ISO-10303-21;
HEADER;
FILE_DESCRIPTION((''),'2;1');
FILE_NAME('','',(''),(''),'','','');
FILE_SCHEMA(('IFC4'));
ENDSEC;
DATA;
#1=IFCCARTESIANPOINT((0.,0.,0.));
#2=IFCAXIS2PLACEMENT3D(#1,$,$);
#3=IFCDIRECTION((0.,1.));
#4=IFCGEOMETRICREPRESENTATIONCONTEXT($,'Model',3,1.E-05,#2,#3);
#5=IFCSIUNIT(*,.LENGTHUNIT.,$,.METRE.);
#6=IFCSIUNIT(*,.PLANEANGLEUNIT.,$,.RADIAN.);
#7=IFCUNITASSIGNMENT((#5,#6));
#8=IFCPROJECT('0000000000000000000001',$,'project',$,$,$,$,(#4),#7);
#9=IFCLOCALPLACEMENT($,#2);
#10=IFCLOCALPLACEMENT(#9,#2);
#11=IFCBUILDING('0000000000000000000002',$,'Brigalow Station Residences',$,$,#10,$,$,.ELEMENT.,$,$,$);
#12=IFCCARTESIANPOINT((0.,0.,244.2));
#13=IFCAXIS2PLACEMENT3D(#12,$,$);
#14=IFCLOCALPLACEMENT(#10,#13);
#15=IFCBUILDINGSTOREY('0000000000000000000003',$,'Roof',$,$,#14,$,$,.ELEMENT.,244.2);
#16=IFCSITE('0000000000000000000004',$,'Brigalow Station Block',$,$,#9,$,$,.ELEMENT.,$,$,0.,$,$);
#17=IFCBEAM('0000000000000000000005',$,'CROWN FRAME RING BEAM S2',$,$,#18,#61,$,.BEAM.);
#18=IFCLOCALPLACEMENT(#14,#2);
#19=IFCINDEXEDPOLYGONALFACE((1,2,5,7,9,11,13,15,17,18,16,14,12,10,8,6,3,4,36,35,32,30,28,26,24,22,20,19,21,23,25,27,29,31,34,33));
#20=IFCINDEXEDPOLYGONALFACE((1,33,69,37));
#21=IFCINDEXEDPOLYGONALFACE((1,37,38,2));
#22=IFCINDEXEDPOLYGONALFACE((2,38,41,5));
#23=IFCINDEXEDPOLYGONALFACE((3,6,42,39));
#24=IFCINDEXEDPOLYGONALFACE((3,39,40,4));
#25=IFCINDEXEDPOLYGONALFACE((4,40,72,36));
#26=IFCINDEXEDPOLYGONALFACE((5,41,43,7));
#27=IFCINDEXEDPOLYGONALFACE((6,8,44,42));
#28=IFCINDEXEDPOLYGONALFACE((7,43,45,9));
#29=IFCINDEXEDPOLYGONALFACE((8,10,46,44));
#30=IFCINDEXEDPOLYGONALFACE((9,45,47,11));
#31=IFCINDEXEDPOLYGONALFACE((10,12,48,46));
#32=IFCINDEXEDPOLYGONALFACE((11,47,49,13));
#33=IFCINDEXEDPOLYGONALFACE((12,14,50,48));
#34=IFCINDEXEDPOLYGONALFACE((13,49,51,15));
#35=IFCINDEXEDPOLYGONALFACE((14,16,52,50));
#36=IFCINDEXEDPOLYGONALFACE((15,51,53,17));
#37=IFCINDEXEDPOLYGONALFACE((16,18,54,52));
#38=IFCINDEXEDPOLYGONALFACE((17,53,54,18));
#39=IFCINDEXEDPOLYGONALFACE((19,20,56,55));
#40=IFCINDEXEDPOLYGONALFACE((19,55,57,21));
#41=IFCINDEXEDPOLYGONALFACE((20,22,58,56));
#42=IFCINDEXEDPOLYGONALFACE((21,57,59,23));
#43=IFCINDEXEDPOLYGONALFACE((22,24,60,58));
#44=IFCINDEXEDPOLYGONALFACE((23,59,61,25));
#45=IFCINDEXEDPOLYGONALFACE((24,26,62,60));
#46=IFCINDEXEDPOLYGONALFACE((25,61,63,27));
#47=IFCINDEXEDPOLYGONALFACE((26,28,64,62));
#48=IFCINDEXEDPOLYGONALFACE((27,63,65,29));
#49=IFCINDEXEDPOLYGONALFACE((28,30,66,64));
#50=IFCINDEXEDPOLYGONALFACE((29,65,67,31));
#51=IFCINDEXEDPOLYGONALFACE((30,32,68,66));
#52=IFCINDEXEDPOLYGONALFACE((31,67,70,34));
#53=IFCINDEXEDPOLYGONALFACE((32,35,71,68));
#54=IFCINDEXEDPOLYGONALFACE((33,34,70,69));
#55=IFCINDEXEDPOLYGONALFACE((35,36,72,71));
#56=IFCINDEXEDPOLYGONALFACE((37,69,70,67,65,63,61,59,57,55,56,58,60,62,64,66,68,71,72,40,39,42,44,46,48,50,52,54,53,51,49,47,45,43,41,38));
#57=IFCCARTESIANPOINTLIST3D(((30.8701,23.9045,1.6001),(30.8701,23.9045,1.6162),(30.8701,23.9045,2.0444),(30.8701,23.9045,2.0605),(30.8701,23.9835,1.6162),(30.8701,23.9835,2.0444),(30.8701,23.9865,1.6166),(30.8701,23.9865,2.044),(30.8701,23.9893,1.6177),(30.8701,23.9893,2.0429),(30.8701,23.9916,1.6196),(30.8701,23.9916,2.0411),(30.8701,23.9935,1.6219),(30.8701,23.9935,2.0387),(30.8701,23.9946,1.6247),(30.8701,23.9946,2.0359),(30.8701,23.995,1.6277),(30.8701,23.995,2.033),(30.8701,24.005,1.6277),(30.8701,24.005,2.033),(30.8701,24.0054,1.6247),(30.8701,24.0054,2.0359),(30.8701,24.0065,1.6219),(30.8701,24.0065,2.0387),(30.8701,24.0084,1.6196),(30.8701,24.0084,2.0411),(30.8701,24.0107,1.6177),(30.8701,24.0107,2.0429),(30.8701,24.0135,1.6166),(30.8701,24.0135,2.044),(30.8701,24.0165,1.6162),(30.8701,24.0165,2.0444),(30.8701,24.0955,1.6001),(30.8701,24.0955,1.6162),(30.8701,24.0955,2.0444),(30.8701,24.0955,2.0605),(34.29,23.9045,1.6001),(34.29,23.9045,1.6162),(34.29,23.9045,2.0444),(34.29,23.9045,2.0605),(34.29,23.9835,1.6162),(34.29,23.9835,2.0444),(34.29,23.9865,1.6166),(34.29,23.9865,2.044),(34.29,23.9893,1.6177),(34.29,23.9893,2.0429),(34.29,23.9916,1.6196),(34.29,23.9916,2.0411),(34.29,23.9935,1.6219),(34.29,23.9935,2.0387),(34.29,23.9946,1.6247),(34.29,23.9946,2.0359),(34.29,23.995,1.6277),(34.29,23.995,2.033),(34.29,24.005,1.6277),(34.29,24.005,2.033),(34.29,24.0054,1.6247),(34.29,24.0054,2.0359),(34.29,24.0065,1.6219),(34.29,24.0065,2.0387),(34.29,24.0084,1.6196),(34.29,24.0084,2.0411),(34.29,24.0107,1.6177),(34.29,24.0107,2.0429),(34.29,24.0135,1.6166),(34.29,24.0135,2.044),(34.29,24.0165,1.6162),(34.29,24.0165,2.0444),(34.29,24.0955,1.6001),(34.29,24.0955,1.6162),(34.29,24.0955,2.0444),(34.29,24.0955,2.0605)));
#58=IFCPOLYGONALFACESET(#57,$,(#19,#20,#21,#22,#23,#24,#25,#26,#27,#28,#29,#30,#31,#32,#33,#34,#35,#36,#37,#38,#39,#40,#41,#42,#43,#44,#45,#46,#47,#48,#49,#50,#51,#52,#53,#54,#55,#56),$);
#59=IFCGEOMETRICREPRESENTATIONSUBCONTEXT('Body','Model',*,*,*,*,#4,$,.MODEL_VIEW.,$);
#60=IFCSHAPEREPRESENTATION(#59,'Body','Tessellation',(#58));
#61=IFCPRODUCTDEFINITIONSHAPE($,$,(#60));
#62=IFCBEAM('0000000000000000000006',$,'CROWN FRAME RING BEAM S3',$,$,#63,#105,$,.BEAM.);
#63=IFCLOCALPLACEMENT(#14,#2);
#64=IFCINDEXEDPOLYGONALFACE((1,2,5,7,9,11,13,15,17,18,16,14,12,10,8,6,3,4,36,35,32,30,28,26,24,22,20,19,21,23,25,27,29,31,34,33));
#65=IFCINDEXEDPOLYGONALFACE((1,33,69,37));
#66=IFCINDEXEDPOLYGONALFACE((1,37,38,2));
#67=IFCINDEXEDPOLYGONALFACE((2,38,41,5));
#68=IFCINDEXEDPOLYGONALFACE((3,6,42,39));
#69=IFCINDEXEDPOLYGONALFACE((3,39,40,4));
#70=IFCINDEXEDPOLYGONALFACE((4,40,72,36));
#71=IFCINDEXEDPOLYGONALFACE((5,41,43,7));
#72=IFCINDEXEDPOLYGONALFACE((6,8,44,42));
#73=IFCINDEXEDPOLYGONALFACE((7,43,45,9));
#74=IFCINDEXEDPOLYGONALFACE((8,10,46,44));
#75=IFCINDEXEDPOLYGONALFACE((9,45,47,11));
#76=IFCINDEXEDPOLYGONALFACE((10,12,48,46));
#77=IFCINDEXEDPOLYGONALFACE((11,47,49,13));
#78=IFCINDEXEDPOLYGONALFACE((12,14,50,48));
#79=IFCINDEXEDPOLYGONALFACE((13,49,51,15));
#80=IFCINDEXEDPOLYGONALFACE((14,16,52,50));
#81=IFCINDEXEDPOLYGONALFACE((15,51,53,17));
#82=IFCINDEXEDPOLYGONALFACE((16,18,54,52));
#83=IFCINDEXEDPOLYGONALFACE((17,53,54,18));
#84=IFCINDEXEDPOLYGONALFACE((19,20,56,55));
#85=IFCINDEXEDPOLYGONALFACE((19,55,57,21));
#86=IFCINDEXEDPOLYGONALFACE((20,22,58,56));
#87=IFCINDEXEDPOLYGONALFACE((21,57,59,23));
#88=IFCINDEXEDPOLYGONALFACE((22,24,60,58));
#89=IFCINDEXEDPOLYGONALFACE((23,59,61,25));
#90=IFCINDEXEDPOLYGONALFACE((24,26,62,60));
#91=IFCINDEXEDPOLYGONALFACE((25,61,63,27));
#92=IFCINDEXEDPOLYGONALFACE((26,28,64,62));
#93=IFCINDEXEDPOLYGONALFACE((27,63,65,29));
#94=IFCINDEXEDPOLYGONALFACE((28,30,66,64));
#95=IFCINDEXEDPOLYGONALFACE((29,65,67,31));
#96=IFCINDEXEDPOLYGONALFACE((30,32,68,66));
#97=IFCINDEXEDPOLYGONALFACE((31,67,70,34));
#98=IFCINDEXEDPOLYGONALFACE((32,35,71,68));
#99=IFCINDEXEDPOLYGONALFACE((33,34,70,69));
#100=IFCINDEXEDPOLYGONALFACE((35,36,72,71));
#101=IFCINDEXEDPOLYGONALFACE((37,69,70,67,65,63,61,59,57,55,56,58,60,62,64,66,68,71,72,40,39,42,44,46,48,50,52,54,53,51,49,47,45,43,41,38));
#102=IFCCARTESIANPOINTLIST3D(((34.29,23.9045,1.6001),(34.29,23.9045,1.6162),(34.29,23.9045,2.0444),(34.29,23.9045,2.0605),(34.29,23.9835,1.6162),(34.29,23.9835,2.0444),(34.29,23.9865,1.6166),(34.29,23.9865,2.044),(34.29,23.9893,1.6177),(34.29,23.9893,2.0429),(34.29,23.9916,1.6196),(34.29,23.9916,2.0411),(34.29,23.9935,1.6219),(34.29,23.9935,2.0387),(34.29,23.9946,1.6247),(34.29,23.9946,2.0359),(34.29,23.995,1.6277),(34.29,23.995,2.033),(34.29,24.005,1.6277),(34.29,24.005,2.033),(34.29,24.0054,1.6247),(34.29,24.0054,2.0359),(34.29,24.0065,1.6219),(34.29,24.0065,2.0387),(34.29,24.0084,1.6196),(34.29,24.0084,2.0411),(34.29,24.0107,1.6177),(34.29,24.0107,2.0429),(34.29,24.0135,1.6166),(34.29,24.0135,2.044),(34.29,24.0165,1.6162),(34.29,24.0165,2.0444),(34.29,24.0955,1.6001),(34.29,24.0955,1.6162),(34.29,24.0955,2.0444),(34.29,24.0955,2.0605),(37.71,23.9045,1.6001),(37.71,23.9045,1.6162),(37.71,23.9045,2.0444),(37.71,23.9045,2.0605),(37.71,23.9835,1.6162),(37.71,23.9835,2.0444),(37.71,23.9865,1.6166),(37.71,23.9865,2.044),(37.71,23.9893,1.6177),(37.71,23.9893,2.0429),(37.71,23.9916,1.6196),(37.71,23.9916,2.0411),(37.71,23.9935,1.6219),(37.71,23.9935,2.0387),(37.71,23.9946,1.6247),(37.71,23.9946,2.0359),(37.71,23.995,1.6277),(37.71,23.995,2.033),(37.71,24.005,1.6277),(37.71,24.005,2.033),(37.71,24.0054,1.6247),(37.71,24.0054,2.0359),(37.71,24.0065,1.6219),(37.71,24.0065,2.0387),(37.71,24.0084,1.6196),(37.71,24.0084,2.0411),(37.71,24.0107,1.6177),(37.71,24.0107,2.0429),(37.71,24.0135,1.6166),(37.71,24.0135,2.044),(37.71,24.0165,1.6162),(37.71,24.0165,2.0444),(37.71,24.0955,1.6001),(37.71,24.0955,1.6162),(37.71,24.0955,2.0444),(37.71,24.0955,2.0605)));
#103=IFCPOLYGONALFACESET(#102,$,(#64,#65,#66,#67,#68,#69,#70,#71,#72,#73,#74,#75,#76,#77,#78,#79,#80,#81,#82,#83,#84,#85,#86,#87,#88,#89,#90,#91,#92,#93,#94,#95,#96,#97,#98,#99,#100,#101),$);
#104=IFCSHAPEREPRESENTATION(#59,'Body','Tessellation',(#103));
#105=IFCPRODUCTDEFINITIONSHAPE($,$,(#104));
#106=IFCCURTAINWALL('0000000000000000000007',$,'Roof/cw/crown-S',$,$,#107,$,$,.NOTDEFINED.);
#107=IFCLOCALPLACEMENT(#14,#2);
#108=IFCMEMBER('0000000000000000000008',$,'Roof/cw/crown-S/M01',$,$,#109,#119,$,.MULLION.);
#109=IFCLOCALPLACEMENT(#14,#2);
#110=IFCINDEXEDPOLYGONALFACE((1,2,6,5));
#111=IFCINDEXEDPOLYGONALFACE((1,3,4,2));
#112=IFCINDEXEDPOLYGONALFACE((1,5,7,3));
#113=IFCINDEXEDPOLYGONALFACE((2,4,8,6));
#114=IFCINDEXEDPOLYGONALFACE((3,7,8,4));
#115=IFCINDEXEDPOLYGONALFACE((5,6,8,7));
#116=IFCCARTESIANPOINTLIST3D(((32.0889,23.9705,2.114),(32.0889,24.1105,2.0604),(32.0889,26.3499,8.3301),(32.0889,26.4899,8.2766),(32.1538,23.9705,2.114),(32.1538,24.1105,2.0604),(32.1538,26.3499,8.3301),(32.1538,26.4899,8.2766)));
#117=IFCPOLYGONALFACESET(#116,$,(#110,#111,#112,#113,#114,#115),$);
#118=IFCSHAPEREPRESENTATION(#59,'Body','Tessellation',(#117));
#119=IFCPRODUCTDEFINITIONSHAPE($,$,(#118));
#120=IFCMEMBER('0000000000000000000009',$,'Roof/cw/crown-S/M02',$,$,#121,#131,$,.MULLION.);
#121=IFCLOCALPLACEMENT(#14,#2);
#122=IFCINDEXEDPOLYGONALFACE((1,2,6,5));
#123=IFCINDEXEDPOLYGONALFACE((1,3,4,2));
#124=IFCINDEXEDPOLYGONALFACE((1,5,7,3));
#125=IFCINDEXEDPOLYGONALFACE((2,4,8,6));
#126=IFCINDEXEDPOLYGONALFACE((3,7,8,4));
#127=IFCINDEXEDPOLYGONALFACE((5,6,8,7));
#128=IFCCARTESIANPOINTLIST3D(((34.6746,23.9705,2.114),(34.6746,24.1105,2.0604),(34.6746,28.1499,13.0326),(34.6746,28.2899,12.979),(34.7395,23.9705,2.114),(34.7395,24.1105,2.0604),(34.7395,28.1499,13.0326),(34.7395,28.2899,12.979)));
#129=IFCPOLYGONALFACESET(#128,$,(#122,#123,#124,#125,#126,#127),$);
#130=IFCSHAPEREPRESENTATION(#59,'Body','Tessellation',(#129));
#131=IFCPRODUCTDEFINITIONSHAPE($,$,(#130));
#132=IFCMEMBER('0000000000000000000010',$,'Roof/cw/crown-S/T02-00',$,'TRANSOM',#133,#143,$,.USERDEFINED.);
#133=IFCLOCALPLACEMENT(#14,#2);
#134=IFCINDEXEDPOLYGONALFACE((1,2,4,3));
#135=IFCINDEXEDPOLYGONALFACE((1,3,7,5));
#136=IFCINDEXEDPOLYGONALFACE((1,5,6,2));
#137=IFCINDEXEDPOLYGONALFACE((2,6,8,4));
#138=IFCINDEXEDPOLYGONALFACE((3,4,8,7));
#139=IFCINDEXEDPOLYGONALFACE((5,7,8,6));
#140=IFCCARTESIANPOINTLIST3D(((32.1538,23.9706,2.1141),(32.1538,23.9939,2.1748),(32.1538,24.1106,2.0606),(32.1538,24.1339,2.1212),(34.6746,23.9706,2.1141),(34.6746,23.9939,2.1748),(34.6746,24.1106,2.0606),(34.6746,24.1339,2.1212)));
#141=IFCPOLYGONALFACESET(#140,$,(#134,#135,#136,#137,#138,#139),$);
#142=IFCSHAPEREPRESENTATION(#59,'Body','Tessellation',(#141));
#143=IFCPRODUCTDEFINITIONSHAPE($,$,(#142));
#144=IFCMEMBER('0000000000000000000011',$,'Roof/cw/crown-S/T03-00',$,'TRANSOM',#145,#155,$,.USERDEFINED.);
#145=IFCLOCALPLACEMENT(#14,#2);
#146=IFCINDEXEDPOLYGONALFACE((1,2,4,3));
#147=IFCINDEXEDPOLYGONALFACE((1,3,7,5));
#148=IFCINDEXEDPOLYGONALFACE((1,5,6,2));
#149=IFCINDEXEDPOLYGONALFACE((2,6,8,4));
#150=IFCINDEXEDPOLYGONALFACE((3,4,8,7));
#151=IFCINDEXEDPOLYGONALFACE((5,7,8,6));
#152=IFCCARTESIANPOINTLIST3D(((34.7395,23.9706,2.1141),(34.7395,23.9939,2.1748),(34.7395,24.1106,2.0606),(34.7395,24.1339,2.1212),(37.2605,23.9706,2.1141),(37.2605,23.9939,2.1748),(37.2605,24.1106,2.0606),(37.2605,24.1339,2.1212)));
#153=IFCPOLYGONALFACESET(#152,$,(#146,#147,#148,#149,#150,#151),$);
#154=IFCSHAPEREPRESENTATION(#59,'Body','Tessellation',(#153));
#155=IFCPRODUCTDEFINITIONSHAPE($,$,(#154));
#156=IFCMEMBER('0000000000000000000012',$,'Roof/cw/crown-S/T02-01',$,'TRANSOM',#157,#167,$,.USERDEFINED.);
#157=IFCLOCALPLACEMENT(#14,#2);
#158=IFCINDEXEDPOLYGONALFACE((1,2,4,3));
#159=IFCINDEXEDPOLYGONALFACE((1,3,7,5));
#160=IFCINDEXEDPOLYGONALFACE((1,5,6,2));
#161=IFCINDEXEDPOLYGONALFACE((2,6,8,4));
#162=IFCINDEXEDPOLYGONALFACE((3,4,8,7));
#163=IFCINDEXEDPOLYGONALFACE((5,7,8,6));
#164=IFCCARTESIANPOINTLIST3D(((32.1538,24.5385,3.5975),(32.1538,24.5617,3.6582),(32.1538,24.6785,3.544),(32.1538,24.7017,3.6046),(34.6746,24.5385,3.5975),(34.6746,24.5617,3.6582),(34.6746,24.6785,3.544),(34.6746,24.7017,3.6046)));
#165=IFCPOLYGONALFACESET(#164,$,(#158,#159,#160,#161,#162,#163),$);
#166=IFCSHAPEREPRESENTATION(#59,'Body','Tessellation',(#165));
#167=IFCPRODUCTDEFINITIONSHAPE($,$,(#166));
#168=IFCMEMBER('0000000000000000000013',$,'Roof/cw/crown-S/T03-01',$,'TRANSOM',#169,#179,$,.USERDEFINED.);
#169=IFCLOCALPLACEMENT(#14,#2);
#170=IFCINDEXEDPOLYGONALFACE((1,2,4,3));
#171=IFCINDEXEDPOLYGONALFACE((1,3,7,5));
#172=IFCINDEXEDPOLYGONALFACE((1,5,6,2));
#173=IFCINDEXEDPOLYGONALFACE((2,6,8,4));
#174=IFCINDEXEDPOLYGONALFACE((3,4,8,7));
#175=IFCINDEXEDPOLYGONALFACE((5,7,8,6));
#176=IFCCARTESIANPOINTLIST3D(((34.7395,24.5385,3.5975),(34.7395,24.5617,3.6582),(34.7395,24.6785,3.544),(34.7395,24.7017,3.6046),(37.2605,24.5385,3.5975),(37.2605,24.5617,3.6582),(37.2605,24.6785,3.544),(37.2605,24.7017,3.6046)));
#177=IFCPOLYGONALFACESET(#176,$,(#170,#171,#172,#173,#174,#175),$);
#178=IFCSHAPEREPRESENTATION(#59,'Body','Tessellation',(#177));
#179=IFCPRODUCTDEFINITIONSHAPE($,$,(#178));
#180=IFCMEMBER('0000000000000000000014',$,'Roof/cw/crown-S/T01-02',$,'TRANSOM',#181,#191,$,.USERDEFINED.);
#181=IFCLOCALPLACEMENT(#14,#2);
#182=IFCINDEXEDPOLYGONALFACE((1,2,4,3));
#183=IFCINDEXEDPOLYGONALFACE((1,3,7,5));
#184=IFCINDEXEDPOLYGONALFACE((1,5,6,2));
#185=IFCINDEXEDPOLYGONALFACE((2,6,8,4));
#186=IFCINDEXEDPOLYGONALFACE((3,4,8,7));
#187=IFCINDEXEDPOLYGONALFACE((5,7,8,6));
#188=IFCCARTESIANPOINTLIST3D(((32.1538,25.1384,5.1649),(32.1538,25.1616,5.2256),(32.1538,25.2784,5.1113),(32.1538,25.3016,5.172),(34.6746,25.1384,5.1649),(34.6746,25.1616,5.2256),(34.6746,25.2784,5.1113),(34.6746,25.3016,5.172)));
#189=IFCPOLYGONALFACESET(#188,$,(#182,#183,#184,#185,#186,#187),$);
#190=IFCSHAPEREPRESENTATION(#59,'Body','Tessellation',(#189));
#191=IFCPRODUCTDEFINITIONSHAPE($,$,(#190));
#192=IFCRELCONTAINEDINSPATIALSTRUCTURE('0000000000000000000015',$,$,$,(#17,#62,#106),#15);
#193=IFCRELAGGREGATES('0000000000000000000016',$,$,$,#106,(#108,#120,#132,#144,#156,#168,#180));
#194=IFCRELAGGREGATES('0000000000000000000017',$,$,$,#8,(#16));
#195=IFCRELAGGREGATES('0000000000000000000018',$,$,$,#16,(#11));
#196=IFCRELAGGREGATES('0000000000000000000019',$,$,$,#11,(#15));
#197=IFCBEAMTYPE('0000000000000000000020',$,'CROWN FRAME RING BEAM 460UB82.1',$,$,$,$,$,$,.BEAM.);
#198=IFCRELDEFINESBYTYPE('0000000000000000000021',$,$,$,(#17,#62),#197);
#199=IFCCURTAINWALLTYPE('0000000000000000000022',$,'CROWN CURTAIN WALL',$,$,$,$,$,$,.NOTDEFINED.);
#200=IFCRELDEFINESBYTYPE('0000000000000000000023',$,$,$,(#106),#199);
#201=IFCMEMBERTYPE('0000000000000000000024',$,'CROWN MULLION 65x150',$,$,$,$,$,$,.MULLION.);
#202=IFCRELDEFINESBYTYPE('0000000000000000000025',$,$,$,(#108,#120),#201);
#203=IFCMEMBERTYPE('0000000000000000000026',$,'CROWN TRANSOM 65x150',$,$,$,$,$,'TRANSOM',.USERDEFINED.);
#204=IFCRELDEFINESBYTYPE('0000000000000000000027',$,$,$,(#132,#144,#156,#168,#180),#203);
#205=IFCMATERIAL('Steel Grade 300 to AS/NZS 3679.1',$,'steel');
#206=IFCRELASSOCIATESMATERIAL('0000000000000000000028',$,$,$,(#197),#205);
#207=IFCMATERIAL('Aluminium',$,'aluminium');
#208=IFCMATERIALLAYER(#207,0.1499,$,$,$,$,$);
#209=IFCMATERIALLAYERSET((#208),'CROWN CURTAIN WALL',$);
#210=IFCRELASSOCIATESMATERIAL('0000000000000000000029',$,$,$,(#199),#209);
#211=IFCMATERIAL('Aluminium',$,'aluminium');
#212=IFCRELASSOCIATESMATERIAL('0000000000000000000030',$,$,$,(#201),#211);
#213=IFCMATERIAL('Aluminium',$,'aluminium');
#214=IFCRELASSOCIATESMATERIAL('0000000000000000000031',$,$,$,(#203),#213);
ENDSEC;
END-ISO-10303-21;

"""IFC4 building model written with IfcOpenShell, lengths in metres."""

from ifc_helpers import new_model, si_unit, direction, frame, origin, origin_2d, place, context, subcontext, project, spatial, rectangle, i_section, extrude, material, layer, layer_set, material_profile, profile_set, type_object, element, aggregate, save


model = new_model("IFC4")

# Units and contexts
model_context = context("Model", 3, precision=1e-05, world=origin(), true_north=direction((0.0, 1.0)))
body_context = subcontext(model_context, "Body", "Model", "MODEL_VIEW")
ifc_project = project(units=[si_unit("LENGTHUNIT", "METRE"), si_unit("PLANEANGLEUNIT", "RADIAN")], contexts=[model_context])

# Site, building, storey
site_placement = place(None, origin())
site = spatial("IfcSite", under=ifc_project, at=site_placement, Name="Brigalow Station Block", CompositionType="ELEMENT", RefElevation=0.0)
building_placement = place(site_placement, origin())
building = spatial("IfcBuilding", under=site, at=building_placement, Name="Brigalow Station Residences", CompositionType="ELEMENT")
storey_placement = place(building_placement, frame((0.0, 0.0, 244.2)))
storey = spatial("IfcBuildingStorey", under=building, at=storey_placement, Name="Roof", CompositionType="ELEMENT", Elevation=244.2)

# Beams
ifc_material_1 = material(Name="Steel Grade 300 to AS/NZS 3679.1", Category="steel")
ifc_material_profile_1 = material_profile(ifc_material_1, i_section(OverallWidth=0.1909, OverallDepth=0.4604, WebThickness=0.01, FlangeThickness=0.0161, FilletRadius=0.0115, at=origin_2d()), Name="460UB82.1")
ifc_profile_set_1 = profile_set([ifc_material_profile_1], Name="Steel Grade 300 to AS/NZS 3679.1")
beam_type = type_object("IfcBeamType", Name="CROWN FRAME RING BEAM 460UB82.1", PredefinedType="BEAM", material=ifc_profile_set_1)
for number, where, z_axis, x_axis, name in (
    (1, (30.8701, 24.0, 1.8303), (1.0, 0.0, 0.0), (0.0, 1.0, 0.0), "CROWN FRAME RING BEAM S2"),
    (2, (34.29, 24.0, 1.8303), (1.0, 0.0, 0.0), (0.0, 1.0, 0.0), "CROWN FRAME RING BEAM S3"),
):
    element("IfcBeam", number, at=place(storey_placement, frame(where, z_axis=z_axis, x_axis=x_axis)), inside=storey, type_object=beam_type, Name=name, PredefinedType="BEAM", context=body_context, shape_type="SweptSolid", body=[
        extrude(i_section(OverallWidth=0.1909, OverallDepth=0.4604, WebThickness=0.01, FlangeThickness=0.0161, FilletRadius=0.0115, at=origin_2d()), origin(), (0.0, 0.0, 1.0), 3.4199),
    ])

# Curtain wall, members
ifc_material_2 = material(Name="Aluminium", Category="aluminium")
ifc_layer_1 = layer(ifc_material_2, 0.1499)
ifc_layer_set_1 = layer_set([ifc_layer_1], Name="CROWN CURTAIN WALL")
curtain_wall_type = type_object("IfcCurtainWallType", Name="CROWN CURTAIN WALL", PredefinedType="NOTDEFINED", material=ifc_layer_set_1)
curtain_wall_1_placement = place(storey_placement, origin())
curtain_wall_1 = element("IfcCurtainWall", 3, at=curtain_wall_1_placement, inside=storey, type_object=curtain_wall_type, Name="Roof/cw/crown-S", PredefinedType="NOTDEFINED")
ifc_material_3 = material(Name="Aluminium", Category="aluminium")
ifc_material_profile_2 = material_profile(ifc_material_3, rectangle(XDim=0.0649, YDim=0.1499, at=origin_2d()), Name="CROWN MULLION 65x150")
ifc_profile_set_2 = profile_set([ifc_material_profile_2], Name="Aluminium")
member_type_1 = type_object("IfcMemberType", Name="CROWN MULLION 65x150", PredefinedType="MULLION", material=ifc_profile_set_2)
member_1_placement = place(storey_placement, frame((32.1213, 24.0405, 2.0872), z_axis=(0.0, 0.357474, 0.933923), x_axis=(-1.0, 0.0, 0.0)))
member_1 = element("IfcMember", 4, at=member_1_placement, type_object=member_type_1, Name="Roof/cw/crown-S/M01", PredefinedType="MULLION", context=body_context, shape_type="SweptSolid", body=[
    extrude(rectangle(XDim=0.0649, YDim=0.1499, at=origin_2d()), origin(), (0.0, 0.0, 1.0), 6.656),
])
member_2_placement = place(storey_placement, frame((34.707, 24.0405, 2.0872), z_axis=(0.0, 0.357484, 0.933919), x_axis=(-1.0, 0.0, 0.0)))
member_2 = element("IfcMember", 5, at=member_2_placement, type_object=member_type_1, Name="Roof/cw/crown-S/M02", PredefinedType="MULLION", context=body_context, shape_type="SweptSolid", body=[
    extrude(rectangle(XDim=0.0649, YDim=0.1499, at=origin_2d()), origin(), (0.0, 0.0, 1.0), 11.6912),
])
ifc_material_4 = material(Name="Aluminium", Category="aluminium")
ifc_material_profile_3 = material_profile(ifc_material_4, rectangle(XDim=0.0649, YDim=0.1499, at=origin_2d()), Name="CROWN TRANSOM 65x150")
ifc_profile_set_3 = profile_set([ifc_material_profile_3], Name="Aluminium")
member_type_2 = type_object("IfcMemberType", Name="CROWN TRANSOM 65x150", ElementType="TRANSOM", PredefinedType="USERDEFINED", material=ifc_profile_set_3)
member_3_placement = place(storey_placement, frame((32.1538, 24.0522, 2.1177), z_axis=(1.0, 0.0, 0.0), x_axis=(0.0, 0.357491, 0.933917)))
member_3 = element("IfcMember", 6, at=member_3_placement, type_object=member_type_2, Name="Roof/cw/crown-S/T02-00", ObjectType="TRANSOM", PredefinedType="USERDEFINED", context=body_context, shape_type="SweptSolid", body=[
    extrude(rectangle(XDim=0.0649, YDim=0.1499, at=origin_2d()), origin(), (0.0, 0.0, 1.0), 2.5208),
])
member_4_placement = place(storey_placement, frame((34.7395, 24.0522, 2.1177), z_axis=(1.0, 0.0, 0.0), x_axis=(0.0, 0.357491, 0.933917)))
member_4 = element("IfcMember", 7, at=member_4_placement, type_object=member_type_2, Name="Roof/cw/crown-S/T03-00", ObjectType="TRANSOM", PredefinedType="USERDEFINED", context=body_context, shape_type="SweptSolid", body=[
    extrude(rectangle(XDim=0.0649, YDim=0.1499, at=origin_2d()), origin(), (0.0, 0.0, 1.0), 2.521),
])
member_5_placement = place(storey_placement, frame((32.1538, 24.6201, 3.6011), z_axis=(1.0, 0.0, 0.0), x_axis=(0.0, 0.357491, 0.933917)))
member_5 = element("IfcMember", 8, at=member_5_placement, type_object=member_type_2, Name="Roof/cw/crown-S/T02-01", ObjectType="TRANSOM", PredefinedType="USERDEFINED", context=body_context, shape_type="SweptSolid", body=[
    extrude(rectangle(XDim=0.0649, YDim=0.1499, at=origin_2d()), origin(), (0.0, 0.0, 1.0), 2.5208),
])
member_6_placement = place(storey_placement, frame((34.7395, 24.6201, 3.6011), z_axis=(1.0, 0.0, 0.0), x_axis=(0.0, 0.357491, 0.933917)))
member_6 = element("IfcMember", 9, at=member_6_placement, type_object=member_type_2, Name="Roof/cw/crown-S/T03-01", ObjectType="TRANSOM", PredefinedType="USERDEFINED", context=body_context, shape_type="SweptSolid", body=[
    extrude(rectangle(XDim=0.0649, YDim=0.1499, at=origin_2d()), origin(), (0.0, 0.0, 1.0), 2.521),
])
member_7_placement = place(storey_placement, frame((32.1538, 25.22, 5.1685), z_axis=(1.0, 0.0, 0.0), x_axis=(0.0, 0.357491, 0.933917)))
member_7 = element("IfcMember", 10, at=member_7_placement, type_object=member_type_2, Name="Roof/cw/crown-S/T01-02", ObjectType="TRANSOM", PredefinedType="USERDEFINED", context=body_context, shape_type="SweptSolid", body=[
    extrude(rectangle(XDim=0.0649, YDim=0.1499, at=origin_2d()), origin(), (0.0, 0.0, 1.0), 2.5208),
])

aggregate(curtain_wall_1, [member_1, member_2, member_3, member_4, member_5, member_6, member_7])

save(model, "model.ifc")
